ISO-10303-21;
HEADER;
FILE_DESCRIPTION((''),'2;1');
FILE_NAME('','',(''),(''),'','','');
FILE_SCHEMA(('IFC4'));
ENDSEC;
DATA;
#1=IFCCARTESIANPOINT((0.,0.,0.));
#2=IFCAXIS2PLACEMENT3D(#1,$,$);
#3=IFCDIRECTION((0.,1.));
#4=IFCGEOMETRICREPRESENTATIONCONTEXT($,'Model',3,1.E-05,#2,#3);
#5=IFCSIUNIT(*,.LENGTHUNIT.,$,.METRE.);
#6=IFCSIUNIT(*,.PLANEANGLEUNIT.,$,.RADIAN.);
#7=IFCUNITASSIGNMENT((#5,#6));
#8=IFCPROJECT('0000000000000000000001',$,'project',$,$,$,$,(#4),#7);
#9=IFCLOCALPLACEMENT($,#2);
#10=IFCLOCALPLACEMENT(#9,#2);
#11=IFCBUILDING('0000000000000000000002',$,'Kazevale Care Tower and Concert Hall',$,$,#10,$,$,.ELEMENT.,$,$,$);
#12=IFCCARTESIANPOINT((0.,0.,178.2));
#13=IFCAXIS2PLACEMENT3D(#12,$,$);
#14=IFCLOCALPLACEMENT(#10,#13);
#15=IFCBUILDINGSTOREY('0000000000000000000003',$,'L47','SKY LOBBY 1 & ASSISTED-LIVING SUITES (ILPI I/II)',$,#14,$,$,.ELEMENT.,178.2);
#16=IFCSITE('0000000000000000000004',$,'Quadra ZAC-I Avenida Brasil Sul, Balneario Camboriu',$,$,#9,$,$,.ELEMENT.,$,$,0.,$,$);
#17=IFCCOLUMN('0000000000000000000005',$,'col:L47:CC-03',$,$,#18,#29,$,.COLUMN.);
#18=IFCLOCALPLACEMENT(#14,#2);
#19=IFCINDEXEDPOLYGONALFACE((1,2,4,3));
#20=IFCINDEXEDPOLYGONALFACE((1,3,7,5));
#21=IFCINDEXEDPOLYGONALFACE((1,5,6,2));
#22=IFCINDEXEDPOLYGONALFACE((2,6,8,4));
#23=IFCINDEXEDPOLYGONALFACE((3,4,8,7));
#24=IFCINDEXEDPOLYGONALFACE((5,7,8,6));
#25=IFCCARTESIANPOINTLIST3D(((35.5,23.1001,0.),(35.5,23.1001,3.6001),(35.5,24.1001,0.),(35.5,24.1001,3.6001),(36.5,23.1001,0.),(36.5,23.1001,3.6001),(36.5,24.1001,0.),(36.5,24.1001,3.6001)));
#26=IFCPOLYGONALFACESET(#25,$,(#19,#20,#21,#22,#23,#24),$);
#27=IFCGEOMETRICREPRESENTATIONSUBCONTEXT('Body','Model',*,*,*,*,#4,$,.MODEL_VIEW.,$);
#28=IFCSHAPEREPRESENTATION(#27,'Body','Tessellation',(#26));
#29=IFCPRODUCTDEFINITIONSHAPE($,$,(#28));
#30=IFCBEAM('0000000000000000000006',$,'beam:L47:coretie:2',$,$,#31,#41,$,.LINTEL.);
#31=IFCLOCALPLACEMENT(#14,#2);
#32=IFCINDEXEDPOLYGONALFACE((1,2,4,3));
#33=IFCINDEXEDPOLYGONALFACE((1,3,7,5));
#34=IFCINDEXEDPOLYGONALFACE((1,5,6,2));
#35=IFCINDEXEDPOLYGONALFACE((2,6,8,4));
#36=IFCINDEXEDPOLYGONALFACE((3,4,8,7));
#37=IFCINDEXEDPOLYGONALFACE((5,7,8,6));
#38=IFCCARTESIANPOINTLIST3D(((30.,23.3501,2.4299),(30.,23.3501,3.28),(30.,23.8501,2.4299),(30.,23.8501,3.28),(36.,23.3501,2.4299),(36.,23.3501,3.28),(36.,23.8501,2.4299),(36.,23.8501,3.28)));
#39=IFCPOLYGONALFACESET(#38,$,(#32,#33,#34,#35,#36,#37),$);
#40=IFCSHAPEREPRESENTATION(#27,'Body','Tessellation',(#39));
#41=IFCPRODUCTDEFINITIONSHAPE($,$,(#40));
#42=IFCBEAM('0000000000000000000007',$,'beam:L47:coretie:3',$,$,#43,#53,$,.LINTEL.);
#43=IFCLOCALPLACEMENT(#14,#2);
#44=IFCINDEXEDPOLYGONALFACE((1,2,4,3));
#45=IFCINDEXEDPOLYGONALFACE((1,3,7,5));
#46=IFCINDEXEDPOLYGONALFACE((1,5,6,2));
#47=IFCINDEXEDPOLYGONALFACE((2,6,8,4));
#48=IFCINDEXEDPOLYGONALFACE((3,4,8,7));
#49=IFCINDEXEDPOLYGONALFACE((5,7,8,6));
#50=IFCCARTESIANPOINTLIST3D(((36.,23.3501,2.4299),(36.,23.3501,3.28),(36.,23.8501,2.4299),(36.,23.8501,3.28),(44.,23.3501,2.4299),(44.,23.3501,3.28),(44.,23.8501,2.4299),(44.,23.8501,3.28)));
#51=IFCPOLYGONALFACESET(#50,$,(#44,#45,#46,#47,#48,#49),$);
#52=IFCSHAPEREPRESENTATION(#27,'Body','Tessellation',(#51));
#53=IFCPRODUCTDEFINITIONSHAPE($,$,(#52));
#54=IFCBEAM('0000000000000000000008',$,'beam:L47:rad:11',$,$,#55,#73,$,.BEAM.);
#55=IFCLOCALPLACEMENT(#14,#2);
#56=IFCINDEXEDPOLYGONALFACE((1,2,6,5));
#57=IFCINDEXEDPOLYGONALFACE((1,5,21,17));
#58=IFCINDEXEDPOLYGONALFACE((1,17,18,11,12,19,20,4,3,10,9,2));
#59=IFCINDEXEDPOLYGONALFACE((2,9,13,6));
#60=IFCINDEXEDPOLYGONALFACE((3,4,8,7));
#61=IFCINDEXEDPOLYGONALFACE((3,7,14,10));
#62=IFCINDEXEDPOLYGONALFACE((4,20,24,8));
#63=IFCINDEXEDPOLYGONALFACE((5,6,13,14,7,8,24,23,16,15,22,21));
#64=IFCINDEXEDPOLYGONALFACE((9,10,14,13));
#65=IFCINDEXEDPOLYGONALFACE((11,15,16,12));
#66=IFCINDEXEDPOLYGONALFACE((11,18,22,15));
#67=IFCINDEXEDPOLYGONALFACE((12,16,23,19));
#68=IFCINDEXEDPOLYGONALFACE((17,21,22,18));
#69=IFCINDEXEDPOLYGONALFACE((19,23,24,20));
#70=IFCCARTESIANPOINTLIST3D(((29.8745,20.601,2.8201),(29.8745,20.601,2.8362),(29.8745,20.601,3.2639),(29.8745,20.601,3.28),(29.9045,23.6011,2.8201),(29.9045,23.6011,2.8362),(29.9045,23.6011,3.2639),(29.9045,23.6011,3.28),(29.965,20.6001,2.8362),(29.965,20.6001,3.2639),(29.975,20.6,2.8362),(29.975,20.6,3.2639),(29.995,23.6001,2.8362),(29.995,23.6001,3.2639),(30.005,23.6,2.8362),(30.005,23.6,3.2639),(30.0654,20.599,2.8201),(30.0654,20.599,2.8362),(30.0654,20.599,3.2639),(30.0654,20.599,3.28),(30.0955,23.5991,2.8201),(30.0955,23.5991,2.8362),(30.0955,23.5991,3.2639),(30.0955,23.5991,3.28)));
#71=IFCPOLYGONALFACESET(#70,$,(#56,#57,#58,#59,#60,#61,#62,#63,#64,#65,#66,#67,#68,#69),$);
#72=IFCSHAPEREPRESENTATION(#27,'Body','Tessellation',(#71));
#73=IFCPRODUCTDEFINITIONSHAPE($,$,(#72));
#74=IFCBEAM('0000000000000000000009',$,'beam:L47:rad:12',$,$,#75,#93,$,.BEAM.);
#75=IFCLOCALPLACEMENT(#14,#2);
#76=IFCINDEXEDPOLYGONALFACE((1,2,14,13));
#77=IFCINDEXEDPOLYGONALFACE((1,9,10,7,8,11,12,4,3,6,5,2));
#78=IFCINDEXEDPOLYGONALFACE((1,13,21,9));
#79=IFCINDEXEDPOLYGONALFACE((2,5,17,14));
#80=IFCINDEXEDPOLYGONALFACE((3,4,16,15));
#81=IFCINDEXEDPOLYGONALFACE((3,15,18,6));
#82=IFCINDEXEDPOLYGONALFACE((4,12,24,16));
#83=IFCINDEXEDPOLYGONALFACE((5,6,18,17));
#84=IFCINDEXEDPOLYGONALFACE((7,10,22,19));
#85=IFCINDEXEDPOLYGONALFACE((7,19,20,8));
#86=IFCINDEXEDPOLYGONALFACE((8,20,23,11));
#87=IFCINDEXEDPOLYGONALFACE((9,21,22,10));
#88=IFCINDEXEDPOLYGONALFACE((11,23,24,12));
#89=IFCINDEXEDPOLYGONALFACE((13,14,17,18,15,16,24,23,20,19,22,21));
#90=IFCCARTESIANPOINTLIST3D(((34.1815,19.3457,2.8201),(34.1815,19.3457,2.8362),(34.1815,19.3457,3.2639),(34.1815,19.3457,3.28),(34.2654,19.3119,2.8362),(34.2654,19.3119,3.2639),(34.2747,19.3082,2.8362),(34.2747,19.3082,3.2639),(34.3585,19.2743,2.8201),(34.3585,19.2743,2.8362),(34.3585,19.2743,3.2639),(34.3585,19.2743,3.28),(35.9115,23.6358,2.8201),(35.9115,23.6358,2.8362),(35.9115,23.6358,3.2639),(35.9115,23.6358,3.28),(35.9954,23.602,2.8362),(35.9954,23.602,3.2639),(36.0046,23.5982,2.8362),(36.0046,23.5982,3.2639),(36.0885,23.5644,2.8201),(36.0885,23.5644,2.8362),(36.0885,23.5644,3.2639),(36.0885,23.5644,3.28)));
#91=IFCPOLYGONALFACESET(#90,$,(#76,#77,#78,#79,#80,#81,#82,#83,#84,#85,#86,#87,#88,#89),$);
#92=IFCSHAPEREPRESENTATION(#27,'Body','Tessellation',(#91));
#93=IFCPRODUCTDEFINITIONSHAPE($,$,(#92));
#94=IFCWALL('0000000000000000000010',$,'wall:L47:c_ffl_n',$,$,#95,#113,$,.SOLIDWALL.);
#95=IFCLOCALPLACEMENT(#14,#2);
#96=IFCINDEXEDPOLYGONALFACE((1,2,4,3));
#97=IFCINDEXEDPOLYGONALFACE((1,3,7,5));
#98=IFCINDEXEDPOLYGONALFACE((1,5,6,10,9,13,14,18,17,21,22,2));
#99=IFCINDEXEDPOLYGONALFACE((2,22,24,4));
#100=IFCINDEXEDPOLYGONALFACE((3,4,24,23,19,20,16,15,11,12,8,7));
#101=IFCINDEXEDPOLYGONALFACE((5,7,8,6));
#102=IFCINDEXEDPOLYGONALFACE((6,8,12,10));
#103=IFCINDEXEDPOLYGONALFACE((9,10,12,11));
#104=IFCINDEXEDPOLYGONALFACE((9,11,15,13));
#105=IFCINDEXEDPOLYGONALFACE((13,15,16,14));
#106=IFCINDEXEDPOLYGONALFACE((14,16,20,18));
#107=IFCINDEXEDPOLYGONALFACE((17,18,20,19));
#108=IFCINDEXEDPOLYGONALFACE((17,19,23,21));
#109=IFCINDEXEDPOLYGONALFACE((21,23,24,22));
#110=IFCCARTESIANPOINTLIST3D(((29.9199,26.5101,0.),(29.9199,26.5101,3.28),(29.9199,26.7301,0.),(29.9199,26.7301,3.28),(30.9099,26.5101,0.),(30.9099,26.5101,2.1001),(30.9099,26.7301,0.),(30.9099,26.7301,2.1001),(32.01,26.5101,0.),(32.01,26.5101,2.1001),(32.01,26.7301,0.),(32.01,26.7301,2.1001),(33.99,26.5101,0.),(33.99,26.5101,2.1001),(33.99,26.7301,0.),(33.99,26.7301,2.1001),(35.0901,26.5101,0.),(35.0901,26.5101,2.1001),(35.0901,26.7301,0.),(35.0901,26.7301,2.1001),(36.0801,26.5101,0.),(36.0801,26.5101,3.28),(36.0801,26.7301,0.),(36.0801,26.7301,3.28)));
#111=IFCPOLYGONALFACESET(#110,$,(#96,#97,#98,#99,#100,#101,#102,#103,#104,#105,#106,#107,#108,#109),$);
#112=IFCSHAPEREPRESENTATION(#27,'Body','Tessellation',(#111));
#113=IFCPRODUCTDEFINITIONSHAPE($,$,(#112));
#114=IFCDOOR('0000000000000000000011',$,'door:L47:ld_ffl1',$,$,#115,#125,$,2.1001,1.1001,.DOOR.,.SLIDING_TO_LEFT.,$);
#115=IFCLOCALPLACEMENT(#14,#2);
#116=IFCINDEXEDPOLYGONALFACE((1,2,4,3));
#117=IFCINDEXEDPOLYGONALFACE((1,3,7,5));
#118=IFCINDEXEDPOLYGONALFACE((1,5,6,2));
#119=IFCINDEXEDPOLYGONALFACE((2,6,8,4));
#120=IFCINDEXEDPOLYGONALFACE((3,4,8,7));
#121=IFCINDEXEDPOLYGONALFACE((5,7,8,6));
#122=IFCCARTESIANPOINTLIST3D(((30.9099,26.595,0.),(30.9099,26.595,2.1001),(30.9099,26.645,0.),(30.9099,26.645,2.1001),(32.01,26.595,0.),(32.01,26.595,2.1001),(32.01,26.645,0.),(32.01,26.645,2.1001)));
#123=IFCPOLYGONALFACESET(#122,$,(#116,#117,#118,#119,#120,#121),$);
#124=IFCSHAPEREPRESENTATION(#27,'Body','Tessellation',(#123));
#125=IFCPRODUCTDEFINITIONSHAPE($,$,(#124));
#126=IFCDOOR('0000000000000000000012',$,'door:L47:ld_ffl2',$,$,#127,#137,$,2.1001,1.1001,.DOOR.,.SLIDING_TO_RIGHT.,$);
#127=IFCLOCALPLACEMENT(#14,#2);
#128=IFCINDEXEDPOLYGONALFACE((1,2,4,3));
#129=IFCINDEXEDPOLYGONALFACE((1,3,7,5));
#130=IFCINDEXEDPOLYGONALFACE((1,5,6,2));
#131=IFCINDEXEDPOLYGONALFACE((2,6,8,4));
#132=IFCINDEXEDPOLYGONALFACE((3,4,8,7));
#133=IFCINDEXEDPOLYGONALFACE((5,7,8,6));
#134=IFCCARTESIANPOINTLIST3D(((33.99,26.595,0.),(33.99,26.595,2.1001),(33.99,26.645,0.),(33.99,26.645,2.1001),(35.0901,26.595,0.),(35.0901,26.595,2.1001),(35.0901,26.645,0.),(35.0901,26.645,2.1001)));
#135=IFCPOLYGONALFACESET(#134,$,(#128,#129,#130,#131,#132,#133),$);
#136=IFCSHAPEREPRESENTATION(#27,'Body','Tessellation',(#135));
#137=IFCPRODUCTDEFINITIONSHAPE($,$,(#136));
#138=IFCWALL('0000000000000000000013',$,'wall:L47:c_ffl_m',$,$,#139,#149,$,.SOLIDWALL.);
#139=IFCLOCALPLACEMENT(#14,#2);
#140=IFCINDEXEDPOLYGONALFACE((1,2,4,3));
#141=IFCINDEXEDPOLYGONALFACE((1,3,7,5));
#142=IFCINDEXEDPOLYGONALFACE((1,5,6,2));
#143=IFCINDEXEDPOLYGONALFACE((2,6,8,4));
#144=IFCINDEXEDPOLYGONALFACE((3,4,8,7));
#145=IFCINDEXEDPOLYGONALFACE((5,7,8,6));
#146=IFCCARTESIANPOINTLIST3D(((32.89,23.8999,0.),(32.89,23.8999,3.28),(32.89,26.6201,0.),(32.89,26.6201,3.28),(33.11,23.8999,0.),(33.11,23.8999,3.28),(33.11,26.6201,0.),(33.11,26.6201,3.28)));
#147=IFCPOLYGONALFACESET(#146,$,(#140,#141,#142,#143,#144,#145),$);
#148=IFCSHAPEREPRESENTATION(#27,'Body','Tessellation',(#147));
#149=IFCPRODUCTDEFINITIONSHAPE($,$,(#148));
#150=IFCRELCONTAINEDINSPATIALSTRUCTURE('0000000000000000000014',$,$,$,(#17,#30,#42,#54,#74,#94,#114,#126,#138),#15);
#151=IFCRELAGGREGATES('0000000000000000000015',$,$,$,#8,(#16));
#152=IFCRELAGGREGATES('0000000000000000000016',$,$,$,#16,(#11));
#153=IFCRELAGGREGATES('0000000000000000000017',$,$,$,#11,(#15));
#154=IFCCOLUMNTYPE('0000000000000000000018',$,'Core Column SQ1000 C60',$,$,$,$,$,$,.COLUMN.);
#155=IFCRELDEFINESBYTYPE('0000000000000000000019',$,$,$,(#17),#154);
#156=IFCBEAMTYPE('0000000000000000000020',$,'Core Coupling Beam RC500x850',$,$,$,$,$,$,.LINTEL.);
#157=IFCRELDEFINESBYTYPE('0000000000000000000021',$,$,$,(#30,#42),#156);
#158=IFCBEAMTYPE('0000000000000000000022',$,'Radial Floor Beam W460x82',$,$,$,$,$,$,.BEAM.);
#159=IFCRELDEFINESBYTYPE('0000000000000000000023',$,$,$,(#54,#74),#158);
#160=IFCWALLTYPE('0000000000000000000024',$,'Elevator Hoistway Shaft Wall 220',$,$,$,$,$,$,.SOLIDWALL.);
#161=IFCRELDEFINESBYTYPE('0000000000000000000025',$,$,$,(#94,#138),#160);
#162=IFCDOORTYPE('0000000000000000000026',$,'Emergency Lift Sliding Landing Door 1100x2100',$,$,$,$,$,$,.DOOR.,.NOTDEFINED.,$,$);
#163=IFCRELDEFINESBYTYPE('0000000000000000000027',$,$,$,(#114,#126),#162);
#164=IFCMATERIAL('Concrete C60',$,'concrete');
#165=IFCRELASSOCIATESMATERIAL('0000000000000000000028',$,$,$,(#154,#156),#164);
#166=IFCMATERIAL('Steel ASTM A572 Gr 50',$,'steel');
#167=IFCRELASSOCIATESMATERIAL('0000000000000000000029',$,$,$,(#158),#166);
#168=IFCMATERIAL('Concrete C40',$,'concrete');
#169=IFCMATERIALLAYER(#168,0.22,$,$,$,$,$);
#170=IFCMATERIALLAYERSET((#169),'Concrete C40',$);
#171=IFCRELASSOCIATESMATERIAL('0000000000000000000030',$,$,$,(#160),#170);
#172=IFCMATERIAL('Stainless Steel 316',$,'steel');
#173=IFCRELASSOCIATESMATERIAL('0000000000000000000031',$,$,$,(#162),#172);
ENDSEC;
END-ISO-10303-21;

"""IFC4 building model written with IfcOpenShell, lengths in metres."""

from ifc_helpers import new_model, si_unit, direction, frame, frame_2d, origin, origin_2d, place, context, subcontext, project, spatial, rectangle, i_section, extrude, material, layer, layer_set, material_profile, profile_set, type_object, element, fill, save


model = new_model("IFC4")

# Units and contexts
model_context = context("Model", 3, precision=1e-05, world=origin(), true_north=direction((0.0, 1.0)))
body_context = subcontext(model_context, "Body", "Model", "MODEL_VIEW")
ifc_project = project(units=[si_unit("LENGTHUNIT", "METRE"), si_unit("PLANEANGLEUNIT", "RADIAN")], contexts=[model_context])

# Site, building, storey
site_placement = place(None, origin())
site = spatial("IfcSite", under=ifc_project, at=site_placement, Name="Quadra ZAC-I Avenida Brasil Sul, Balneario Camboriu", CompositionType="ELEMENT", RefElevation=0.0)
building_placement = place(site_placement, origin())
building = spatial("IfcBuilding", under=site, at=building_placement, Name="Kazevale Care Tower and Concert Hall", CompositionType="ELEMENT")
storey_placement = place(building_placement, frame((0.0, 0.0, 178.2)))
storey = spatial("IfcBuildingStorey", under=building, at=storey_placement, Name="L47", Description="SKY LOBBY 1 & ASSISTED-LIVING SUITES (ILPI I/II)", CompositionType="ELEMENT", Elevation=178.2)

# Column
ifc_material_1 = material(Name="Concrete C60", Category="concrete")
ifc_material_profile_1 = material_profile(ifc_material_1, rectangle(XDim=1.0, YDim=1.0, at=origin_2d()), Name="RC-SQ1000")
ifc_profile_set_1 = profile_set([ifc_material_profile_1], Name="Concrete C60")
column_type = type_object("IfcColumnType", Name="Core Column SQ1000 C60", PredefinedType="COLUMN", material=ifc_profile_set_1)
column_placement = place(storey_placement, frame((36.0, 23.6001, 0.0), z_axis=(0.0, 0.0, 1.0), x_axis=(1.0, 0.0, 0.0)))
element("IfcColumn", 1, at=column_placement, inside=storey, type_object=column_type, Name="col:L47:CC-03", PredefinedType="COLUMN", context=body_context, shape_type="SweptSolid", body=[
    extrude(rectangle(XDim=1.0, YDim=1.0, at=origin_2d()), origin(), (0.0, 0.0, 1.0), 3.6001),
])

# Beams
ifc_material_profile_2 = material_profile(ifc_material_1, rectangle(XDim=0.5, YDim=0.8501, at=origin_2d()), Name="RC-B500x850")
ifc_profile_set_2 = profile_set([ifc_material_profile_2], Name="Concrete C60")
beam_type_1 = type_object("IfcBeamType", Name="Core Coupling Beam RC500x850", PredefinedType="LINTEL", material=ifc_profile_set_2)
beam_1_placement = place(storey_placement, frame((30.0, 23.6001, 2.855), z_axis=(1.0, 0.0, 0.0), x_axis=(0.0, 1.0, 0.0)))
element("IfcBeam", 2, at=beam_1_placement, inside=storey, type_object=beam_type_1, Name="beam:L47:coretie:2", PredefinedType="LINTEL", context=body_context, shape_type="SweptSolid", body=[
    extrude(rectangle(XDim=0.5, YDim=0.8501, at=origin_2d()), origin(), (0.0, 0.0, 1.0), 6.0),
])
beam_2_placement = place(storey_placement, frame((36.0, 23.6001, 2.855), z_axis=(1.0, 0.0, 0.0), x_axis=(0.0, 1.0, 0.0)))
element("IfcBeam", 3, at=beam_2_placement, inside=storey, type_object=beam_type_1, Name="beam:L47:coretie:3", PredefinedType="LINTEL", context=body_context, shape_type="SweptSolid", body=[
    extrude(rectangle(XDim=0.5, YDim=0.8501, at=origin_2d()), origin(), (0.0, 0.0, 1.0), 8.0),
])
ifc_material_2 = material(Name="Steel ASTM A572 Gr 50", Category="steel")
ifc_material_profile_3 = material_profile(ifc_material_2, i_section(OverallWidth=0.1909, OverallDepth=0.46, WebThickness=0.01, FlangeThickness=0.0161, at=origin_2d()), Name="W460x82")
ifc_profile_set_3 = profile_set([ifc_material_profile_3], Name="Steel ASTM A572 Gr 50")
beam_type_2 = type_object("IfcBeamType", Name="Radial Floor Beam W460x82", PredefinedType="BEAM", material=ifc_profile_set_3)
beam_3_placement = place(storey_placement, frame((30.0, 23.6001, 3.05), z_axis=(-0.010009, -0.99995, 0.0), x_axis=(0.99995, -0.010009, 0.0)))
element("IfcBeam", 4, at=beam_3_placement, inside=storey, type_object=beam_type_2, Name="beam:L47:rad:11", PredefinedType="BEAM", context=body_context, shape_type="SweptSolid", body=[
    extrude(i_section(OverallWidth=0.1909, OverallDepth=0.46, WebThickness=0.01, FlangeThickness=0.0161, at=origin_2d()), origin(), (0.0, 0.0, 1.0), 3.0002),
])
beam_4_placement = place(storey_placement, frame((36.0, 23.6001, 3.05), z_axis=(-0.373992, -0.927432, 0.0), x_axis=(0.927432, -0.373992, 0.0)))
element("IfcBeam", 5, at=beam_4_placement, inside=storey, type_object=beam_type_2, Name="beam:L47:rad:12", PredefinedType="BEAM", context=body_context, shape_type="SweptSolid", body=[
    extrude(i_section(OverallWidth=0.1909, OverallDepth=0.46, WebThickness=0.01, FlangeThickness=0.0161, at=origin_2d()), origin(), (0.0, 0.0, 1.0), 4.6257),
])

# Wall, openings, doors
ifc_material_3 = material(Name="Concrete C40", Category="concrete")
ifc_layer_1 = layer(ifc_material_3, 0.22)
ifc_layer_set_1 = layer_set([ifc_layer_1], Name="Concrete C40")
wall_type_1 = type_object("IfcWallType", Name="Elevator Hoistway Shaft Wall 220", PredefinedType="SOLIDWALL", material=ifc_layer_set_1)
wall_1_placement = place(storey_placement, frame((29.9199, 26.6201, 0.0), z_axis=(0.0, 0.0, 1.0), x_axis=(1.0, 0.0, 0.0)))
wall_1 = element("IfcWall", 6, at=wall_1_placement, inside=storey, type_object=wall_type_1, Name="wall:L47:c_ffl_n", PredefinedType="SOLIDWALL", context=body_context, shape_type="SweptSolid", body=[
    extrude(rectangle(XDim=6.1602, YDim=0.22, at=frame_2d((3.0801, 0.0))), origin(), (0.0, 0.0, 1.0), 3.28),
])
opening_1_placement = place(wall_1_placement, frame((0.99, 0.0, 0.0)))
opening_1 = element("IfcOpeningElement", 7, at=opening_1_placement, cuts=wall_1, PredefinedType="OPENING", context=body_context, shape_type="SweptSolid", body=[
    extrude(rectangle(XDim=1.1001, YDim=2.1001, at=frame_2d((0.55, 1.05))), frame((0.0, 0.1199, 0.0), z_axis=(0.0, -1.0, 0.0), x_axis=(1.0, 0.0, 0.0)), (0.0, 0.0, 1.0), 0.24),
])
opening_2_placement = place(wall_1_placement, frame((4.0701, 0.0, 0.0)))
opening_2 = element("IfcOpeningElement", 8, at=opening_2_placement, cuts=wall_1, PredefinedType="OPENING", context=body_context, shape_type="SweptSolid", body=[
    extrude(rectangle(XDim=1.1001, YDim=2.1001, at=frame_2d((0.55, 1.05))), frame((0.0, 0.1199, 0.0), z_axis=(0.0, -1.0, 0.0), x_axis=(1.0, 0.0, 0.0)), (0.0, 0.0, 1.0), 0.24),
])
ifc_material_4 = material(Name="Stainless Steel 316", Category="steel")
door_type_1 = type_object("IfcDoorType", Name="Emergency Lift Sliding Landing Door 1100x2100", OperationType="NOTDEFINED", PredefinedType="DOOR", material=ifc_material_4)
door_1_placement = place(opening_1_placement, origin())
door_1 = element("IfcDoor", 9, at=door_1_placement, inside=storey, type_object=door_type_1, Name="door:L47:ld_ffl1", OperationType="SLIDING_TO_LEFT", OverallHeight=2.1001, OverallWidth=1.1001, PredefinedType="DOOR", context=body_context, shape_type="SweptSolid", body=[
    extrude(rectangle(XDim=1.1001, YDim=2.1001, at=frame_2d((0.55, 1.05))), frame((0.0, 0.0249, 0.0), z_axis=(0.0, -1.0, 0.0), x_axis=(1.0, 0.0, 0.0)), (0.0, 0.0, 1.0), 0.05),
])
fill(opening_1, door_1)
door_2_placement = place(opening_2_placement, origin())
door_2 = element("IfcDoor", 10, at=door_2_placement, inside=storey, type_object=door_type_1, Name="door:L47:ld_ffl2", OperationType="SLIDING_TO_RIGHT", OverallHeight=2.1001, OverallWidth=1.1001, PredefinedType="DOOR", context=body_context, shape_type="SweptSolid", body=[
    extrude(rectangle(XDim=1.1001, YDim=2.1001, at=frame_2d((0.55, 1.05))), frame((0.0, 0.0249, 0.0), z_axis=(0.0, -1.0, 0.0), x_axis=(1.0, 0.0, 0.0)), (0.0, 0.0, 1.0), 0.05),
])
fill(opening_2, door_2)

# Wall
wall_2_placement = place(storey_placement, frame((33.0, 23.8999, 0.0), z_axis=(0.0, 0.0, 1.0), x_axis=(0.0, 1.0, 0.0)))
element("IfcWall", 11, at=wall_2_placement, inside=storey, type_object=wall_type_1, Name="wall:L47:c_ffl_m", PredefinedType="SOLIDWALL", context=body_context, shape_type="SweptSolid", body=[
    extrude(rectangle(XDim=2.7202, YDim=0.22, at=frame_2d((1.3601, 0.0))), origin(), (0.0, 0.0, 1.0), 3.28),
])

save(model, "model.ifc")
